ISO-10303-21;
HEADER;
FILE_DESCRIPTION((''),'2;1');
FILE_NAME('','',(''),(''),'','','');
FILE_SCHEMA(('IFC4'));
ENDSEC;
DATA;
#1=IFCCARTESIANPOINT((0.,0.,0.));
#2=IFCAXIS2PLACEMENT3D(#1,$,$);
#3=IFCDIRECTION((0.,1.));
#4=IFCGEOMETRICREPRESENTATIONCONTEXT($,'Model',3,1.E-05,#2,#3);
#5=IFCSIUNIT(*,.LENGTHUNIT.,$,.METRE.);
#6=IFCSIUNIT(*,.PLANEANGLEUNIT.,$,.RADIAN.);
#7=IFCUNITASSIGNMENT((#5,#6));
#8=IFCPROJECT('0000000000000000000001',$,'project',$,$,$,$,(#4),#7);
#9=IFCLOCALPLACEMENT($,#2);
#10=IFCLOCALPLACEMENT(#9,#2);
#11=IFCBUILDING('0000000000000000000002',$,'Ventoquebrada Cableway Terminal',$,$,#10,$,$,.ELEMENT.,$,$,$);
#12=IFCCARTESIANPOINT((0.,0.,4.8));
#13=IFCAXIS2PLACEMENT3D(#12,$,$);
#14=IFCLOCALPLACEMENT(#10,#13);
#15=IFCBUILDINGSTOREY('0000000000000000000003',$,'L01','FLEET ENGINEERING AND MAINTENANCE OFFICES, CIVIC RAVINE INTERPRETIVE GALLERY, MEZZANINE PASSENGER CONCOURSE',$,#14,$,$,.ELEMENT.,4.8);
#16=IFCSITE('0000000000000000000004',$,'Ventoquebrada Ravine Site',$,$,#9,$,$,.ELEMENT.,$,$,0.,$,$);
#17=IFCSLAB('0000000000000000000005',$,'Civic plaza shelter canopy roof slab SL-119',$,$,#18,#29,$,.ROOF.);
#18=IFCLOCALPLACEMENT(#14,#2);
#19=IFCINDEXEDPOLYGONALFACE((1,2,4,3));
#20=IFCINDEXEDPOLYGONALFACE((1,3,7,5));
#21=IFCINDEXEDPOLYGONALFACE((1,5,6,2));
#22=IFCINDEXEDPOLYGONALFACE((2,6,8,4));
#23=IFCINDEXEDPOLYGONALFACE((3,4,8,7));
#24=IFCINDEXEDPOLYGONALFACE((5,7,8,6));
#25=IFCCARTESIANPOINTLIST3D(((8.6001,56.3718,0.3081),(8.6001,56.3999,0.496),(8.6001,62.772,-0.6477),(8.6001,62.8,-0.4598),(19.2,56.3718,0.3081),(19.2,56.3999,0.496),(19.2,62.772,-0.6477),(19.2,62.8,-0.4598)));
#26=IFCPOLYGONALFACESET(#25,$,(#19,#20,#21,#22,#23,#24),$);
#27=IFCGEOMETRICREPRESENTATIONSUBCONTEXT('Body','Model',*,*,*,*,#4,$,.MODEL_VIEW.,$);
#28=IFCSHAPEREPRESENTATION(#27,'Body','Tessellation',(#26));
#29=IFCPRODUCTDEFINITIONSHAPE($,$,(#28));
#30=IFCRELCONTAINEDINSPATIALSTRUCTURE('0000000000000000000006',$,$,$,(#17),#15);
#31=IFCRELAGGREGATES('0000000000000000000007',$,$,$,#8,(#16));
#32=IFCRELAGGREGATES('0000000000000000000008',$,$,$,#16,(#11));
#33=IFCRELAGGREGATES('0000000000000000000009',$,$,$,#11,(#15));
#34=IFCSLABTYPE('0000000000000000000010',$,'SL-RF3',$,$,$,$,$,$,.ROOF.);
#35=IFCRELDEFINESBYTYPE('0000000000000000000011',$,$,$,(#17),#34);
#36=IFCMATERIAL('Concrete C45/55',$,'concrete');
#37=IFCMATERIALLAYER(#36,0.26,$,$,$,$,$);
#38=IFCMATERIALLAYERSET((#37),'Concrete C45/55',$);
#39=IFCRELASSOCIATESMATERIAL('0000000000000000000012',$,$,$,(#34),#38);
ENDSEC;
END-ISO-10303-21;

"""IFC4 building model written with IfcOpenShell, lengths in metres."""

from ifc_helpers import new_model, si_unit, direction, frame, origin, place, context, subcontext, project, spatial, polyline, outline, extrude, material, layer, layer_set, type_object, element, save


model = new_model("IFC4")

# Units and contexts
model_context = context("Model", 3, precision=1e-05, world=origin(), true_north=direction((0.0, 1.0)))
body_context = subcontext(model_context, "Body", "Model", "MODEL_VIEW")
ifc_project = project(units=[si_unit("LENGTHUNIT", "METRE"), si_unit("PLANEANGLEUNIT", "RADIAN")], contexts=[model_context])

# Site, building, storey
site_placement = place(None, origin())
site = spatial("IfcSite", under=ifc_project, at=site_placement, Name="Ventoquebrada Ravine Site", CompositionType="ELEMENT", RefElevation=0.0)
building_placement = place(site_placement, origin())
building = spatial("IfcBuilding", under=site, at=building_placement, Name="Ventoquebrada Cableway Terminal", CompositionType="ELEMENT")
storey_placement = place(building_placement, frame((0.0, 0.0, 4.8)))
storey = spatial("IfcBuildingStorey", under=building, at=storey_placement, Name="L01", Description="FLEET ENGINEERING AND MAINTENANCE OFFICES, CIVIC RAVINE INTERPRETIVE GALLERY, MEZZANINE PASSENGER CONCOURSE", CompositionType="ELEMENT", Elevation=4.8)

# Slab
ifc_material_1 = material(Name="Concrete C45/55", Category="concrete")
ifc_layer_1 = layer(ifc_material_1, 0.26)
ifc_layer_set_1 = layer_set([ifc_layer_1], Name="Concrete C45/55")
slab_type = type_object("IfcSlabType", Name="SL-RF3", PredefinedType="ROOF", material=ifc_layer_set_1)
slab_placement = place(storey_placement, frame((8.6001, 56.3718, 0.3081), z_axis=(0.0, 0.147704, 0.989032), x_axis=(1.0, 0.0, 0.0)))
element("IfcSlab", 1, at=slab_placement, inside=storey, type_object=slab_type, Name="Civic plaza shelter canopy roof slab SL-119", PredefinedType="ROOF", context=body_context, shape_type="SweptSolid", body=[
    extrude(outline(polyline([(0.0, 0.0), (10.5999, 0.0), (10.5999, 6.4711), (0.0, 6.4711), (0.0, 0.0)])), origin(), (0.0, 0.0, 1.0), 0.1899),
])

save(model, "model.ifc")
